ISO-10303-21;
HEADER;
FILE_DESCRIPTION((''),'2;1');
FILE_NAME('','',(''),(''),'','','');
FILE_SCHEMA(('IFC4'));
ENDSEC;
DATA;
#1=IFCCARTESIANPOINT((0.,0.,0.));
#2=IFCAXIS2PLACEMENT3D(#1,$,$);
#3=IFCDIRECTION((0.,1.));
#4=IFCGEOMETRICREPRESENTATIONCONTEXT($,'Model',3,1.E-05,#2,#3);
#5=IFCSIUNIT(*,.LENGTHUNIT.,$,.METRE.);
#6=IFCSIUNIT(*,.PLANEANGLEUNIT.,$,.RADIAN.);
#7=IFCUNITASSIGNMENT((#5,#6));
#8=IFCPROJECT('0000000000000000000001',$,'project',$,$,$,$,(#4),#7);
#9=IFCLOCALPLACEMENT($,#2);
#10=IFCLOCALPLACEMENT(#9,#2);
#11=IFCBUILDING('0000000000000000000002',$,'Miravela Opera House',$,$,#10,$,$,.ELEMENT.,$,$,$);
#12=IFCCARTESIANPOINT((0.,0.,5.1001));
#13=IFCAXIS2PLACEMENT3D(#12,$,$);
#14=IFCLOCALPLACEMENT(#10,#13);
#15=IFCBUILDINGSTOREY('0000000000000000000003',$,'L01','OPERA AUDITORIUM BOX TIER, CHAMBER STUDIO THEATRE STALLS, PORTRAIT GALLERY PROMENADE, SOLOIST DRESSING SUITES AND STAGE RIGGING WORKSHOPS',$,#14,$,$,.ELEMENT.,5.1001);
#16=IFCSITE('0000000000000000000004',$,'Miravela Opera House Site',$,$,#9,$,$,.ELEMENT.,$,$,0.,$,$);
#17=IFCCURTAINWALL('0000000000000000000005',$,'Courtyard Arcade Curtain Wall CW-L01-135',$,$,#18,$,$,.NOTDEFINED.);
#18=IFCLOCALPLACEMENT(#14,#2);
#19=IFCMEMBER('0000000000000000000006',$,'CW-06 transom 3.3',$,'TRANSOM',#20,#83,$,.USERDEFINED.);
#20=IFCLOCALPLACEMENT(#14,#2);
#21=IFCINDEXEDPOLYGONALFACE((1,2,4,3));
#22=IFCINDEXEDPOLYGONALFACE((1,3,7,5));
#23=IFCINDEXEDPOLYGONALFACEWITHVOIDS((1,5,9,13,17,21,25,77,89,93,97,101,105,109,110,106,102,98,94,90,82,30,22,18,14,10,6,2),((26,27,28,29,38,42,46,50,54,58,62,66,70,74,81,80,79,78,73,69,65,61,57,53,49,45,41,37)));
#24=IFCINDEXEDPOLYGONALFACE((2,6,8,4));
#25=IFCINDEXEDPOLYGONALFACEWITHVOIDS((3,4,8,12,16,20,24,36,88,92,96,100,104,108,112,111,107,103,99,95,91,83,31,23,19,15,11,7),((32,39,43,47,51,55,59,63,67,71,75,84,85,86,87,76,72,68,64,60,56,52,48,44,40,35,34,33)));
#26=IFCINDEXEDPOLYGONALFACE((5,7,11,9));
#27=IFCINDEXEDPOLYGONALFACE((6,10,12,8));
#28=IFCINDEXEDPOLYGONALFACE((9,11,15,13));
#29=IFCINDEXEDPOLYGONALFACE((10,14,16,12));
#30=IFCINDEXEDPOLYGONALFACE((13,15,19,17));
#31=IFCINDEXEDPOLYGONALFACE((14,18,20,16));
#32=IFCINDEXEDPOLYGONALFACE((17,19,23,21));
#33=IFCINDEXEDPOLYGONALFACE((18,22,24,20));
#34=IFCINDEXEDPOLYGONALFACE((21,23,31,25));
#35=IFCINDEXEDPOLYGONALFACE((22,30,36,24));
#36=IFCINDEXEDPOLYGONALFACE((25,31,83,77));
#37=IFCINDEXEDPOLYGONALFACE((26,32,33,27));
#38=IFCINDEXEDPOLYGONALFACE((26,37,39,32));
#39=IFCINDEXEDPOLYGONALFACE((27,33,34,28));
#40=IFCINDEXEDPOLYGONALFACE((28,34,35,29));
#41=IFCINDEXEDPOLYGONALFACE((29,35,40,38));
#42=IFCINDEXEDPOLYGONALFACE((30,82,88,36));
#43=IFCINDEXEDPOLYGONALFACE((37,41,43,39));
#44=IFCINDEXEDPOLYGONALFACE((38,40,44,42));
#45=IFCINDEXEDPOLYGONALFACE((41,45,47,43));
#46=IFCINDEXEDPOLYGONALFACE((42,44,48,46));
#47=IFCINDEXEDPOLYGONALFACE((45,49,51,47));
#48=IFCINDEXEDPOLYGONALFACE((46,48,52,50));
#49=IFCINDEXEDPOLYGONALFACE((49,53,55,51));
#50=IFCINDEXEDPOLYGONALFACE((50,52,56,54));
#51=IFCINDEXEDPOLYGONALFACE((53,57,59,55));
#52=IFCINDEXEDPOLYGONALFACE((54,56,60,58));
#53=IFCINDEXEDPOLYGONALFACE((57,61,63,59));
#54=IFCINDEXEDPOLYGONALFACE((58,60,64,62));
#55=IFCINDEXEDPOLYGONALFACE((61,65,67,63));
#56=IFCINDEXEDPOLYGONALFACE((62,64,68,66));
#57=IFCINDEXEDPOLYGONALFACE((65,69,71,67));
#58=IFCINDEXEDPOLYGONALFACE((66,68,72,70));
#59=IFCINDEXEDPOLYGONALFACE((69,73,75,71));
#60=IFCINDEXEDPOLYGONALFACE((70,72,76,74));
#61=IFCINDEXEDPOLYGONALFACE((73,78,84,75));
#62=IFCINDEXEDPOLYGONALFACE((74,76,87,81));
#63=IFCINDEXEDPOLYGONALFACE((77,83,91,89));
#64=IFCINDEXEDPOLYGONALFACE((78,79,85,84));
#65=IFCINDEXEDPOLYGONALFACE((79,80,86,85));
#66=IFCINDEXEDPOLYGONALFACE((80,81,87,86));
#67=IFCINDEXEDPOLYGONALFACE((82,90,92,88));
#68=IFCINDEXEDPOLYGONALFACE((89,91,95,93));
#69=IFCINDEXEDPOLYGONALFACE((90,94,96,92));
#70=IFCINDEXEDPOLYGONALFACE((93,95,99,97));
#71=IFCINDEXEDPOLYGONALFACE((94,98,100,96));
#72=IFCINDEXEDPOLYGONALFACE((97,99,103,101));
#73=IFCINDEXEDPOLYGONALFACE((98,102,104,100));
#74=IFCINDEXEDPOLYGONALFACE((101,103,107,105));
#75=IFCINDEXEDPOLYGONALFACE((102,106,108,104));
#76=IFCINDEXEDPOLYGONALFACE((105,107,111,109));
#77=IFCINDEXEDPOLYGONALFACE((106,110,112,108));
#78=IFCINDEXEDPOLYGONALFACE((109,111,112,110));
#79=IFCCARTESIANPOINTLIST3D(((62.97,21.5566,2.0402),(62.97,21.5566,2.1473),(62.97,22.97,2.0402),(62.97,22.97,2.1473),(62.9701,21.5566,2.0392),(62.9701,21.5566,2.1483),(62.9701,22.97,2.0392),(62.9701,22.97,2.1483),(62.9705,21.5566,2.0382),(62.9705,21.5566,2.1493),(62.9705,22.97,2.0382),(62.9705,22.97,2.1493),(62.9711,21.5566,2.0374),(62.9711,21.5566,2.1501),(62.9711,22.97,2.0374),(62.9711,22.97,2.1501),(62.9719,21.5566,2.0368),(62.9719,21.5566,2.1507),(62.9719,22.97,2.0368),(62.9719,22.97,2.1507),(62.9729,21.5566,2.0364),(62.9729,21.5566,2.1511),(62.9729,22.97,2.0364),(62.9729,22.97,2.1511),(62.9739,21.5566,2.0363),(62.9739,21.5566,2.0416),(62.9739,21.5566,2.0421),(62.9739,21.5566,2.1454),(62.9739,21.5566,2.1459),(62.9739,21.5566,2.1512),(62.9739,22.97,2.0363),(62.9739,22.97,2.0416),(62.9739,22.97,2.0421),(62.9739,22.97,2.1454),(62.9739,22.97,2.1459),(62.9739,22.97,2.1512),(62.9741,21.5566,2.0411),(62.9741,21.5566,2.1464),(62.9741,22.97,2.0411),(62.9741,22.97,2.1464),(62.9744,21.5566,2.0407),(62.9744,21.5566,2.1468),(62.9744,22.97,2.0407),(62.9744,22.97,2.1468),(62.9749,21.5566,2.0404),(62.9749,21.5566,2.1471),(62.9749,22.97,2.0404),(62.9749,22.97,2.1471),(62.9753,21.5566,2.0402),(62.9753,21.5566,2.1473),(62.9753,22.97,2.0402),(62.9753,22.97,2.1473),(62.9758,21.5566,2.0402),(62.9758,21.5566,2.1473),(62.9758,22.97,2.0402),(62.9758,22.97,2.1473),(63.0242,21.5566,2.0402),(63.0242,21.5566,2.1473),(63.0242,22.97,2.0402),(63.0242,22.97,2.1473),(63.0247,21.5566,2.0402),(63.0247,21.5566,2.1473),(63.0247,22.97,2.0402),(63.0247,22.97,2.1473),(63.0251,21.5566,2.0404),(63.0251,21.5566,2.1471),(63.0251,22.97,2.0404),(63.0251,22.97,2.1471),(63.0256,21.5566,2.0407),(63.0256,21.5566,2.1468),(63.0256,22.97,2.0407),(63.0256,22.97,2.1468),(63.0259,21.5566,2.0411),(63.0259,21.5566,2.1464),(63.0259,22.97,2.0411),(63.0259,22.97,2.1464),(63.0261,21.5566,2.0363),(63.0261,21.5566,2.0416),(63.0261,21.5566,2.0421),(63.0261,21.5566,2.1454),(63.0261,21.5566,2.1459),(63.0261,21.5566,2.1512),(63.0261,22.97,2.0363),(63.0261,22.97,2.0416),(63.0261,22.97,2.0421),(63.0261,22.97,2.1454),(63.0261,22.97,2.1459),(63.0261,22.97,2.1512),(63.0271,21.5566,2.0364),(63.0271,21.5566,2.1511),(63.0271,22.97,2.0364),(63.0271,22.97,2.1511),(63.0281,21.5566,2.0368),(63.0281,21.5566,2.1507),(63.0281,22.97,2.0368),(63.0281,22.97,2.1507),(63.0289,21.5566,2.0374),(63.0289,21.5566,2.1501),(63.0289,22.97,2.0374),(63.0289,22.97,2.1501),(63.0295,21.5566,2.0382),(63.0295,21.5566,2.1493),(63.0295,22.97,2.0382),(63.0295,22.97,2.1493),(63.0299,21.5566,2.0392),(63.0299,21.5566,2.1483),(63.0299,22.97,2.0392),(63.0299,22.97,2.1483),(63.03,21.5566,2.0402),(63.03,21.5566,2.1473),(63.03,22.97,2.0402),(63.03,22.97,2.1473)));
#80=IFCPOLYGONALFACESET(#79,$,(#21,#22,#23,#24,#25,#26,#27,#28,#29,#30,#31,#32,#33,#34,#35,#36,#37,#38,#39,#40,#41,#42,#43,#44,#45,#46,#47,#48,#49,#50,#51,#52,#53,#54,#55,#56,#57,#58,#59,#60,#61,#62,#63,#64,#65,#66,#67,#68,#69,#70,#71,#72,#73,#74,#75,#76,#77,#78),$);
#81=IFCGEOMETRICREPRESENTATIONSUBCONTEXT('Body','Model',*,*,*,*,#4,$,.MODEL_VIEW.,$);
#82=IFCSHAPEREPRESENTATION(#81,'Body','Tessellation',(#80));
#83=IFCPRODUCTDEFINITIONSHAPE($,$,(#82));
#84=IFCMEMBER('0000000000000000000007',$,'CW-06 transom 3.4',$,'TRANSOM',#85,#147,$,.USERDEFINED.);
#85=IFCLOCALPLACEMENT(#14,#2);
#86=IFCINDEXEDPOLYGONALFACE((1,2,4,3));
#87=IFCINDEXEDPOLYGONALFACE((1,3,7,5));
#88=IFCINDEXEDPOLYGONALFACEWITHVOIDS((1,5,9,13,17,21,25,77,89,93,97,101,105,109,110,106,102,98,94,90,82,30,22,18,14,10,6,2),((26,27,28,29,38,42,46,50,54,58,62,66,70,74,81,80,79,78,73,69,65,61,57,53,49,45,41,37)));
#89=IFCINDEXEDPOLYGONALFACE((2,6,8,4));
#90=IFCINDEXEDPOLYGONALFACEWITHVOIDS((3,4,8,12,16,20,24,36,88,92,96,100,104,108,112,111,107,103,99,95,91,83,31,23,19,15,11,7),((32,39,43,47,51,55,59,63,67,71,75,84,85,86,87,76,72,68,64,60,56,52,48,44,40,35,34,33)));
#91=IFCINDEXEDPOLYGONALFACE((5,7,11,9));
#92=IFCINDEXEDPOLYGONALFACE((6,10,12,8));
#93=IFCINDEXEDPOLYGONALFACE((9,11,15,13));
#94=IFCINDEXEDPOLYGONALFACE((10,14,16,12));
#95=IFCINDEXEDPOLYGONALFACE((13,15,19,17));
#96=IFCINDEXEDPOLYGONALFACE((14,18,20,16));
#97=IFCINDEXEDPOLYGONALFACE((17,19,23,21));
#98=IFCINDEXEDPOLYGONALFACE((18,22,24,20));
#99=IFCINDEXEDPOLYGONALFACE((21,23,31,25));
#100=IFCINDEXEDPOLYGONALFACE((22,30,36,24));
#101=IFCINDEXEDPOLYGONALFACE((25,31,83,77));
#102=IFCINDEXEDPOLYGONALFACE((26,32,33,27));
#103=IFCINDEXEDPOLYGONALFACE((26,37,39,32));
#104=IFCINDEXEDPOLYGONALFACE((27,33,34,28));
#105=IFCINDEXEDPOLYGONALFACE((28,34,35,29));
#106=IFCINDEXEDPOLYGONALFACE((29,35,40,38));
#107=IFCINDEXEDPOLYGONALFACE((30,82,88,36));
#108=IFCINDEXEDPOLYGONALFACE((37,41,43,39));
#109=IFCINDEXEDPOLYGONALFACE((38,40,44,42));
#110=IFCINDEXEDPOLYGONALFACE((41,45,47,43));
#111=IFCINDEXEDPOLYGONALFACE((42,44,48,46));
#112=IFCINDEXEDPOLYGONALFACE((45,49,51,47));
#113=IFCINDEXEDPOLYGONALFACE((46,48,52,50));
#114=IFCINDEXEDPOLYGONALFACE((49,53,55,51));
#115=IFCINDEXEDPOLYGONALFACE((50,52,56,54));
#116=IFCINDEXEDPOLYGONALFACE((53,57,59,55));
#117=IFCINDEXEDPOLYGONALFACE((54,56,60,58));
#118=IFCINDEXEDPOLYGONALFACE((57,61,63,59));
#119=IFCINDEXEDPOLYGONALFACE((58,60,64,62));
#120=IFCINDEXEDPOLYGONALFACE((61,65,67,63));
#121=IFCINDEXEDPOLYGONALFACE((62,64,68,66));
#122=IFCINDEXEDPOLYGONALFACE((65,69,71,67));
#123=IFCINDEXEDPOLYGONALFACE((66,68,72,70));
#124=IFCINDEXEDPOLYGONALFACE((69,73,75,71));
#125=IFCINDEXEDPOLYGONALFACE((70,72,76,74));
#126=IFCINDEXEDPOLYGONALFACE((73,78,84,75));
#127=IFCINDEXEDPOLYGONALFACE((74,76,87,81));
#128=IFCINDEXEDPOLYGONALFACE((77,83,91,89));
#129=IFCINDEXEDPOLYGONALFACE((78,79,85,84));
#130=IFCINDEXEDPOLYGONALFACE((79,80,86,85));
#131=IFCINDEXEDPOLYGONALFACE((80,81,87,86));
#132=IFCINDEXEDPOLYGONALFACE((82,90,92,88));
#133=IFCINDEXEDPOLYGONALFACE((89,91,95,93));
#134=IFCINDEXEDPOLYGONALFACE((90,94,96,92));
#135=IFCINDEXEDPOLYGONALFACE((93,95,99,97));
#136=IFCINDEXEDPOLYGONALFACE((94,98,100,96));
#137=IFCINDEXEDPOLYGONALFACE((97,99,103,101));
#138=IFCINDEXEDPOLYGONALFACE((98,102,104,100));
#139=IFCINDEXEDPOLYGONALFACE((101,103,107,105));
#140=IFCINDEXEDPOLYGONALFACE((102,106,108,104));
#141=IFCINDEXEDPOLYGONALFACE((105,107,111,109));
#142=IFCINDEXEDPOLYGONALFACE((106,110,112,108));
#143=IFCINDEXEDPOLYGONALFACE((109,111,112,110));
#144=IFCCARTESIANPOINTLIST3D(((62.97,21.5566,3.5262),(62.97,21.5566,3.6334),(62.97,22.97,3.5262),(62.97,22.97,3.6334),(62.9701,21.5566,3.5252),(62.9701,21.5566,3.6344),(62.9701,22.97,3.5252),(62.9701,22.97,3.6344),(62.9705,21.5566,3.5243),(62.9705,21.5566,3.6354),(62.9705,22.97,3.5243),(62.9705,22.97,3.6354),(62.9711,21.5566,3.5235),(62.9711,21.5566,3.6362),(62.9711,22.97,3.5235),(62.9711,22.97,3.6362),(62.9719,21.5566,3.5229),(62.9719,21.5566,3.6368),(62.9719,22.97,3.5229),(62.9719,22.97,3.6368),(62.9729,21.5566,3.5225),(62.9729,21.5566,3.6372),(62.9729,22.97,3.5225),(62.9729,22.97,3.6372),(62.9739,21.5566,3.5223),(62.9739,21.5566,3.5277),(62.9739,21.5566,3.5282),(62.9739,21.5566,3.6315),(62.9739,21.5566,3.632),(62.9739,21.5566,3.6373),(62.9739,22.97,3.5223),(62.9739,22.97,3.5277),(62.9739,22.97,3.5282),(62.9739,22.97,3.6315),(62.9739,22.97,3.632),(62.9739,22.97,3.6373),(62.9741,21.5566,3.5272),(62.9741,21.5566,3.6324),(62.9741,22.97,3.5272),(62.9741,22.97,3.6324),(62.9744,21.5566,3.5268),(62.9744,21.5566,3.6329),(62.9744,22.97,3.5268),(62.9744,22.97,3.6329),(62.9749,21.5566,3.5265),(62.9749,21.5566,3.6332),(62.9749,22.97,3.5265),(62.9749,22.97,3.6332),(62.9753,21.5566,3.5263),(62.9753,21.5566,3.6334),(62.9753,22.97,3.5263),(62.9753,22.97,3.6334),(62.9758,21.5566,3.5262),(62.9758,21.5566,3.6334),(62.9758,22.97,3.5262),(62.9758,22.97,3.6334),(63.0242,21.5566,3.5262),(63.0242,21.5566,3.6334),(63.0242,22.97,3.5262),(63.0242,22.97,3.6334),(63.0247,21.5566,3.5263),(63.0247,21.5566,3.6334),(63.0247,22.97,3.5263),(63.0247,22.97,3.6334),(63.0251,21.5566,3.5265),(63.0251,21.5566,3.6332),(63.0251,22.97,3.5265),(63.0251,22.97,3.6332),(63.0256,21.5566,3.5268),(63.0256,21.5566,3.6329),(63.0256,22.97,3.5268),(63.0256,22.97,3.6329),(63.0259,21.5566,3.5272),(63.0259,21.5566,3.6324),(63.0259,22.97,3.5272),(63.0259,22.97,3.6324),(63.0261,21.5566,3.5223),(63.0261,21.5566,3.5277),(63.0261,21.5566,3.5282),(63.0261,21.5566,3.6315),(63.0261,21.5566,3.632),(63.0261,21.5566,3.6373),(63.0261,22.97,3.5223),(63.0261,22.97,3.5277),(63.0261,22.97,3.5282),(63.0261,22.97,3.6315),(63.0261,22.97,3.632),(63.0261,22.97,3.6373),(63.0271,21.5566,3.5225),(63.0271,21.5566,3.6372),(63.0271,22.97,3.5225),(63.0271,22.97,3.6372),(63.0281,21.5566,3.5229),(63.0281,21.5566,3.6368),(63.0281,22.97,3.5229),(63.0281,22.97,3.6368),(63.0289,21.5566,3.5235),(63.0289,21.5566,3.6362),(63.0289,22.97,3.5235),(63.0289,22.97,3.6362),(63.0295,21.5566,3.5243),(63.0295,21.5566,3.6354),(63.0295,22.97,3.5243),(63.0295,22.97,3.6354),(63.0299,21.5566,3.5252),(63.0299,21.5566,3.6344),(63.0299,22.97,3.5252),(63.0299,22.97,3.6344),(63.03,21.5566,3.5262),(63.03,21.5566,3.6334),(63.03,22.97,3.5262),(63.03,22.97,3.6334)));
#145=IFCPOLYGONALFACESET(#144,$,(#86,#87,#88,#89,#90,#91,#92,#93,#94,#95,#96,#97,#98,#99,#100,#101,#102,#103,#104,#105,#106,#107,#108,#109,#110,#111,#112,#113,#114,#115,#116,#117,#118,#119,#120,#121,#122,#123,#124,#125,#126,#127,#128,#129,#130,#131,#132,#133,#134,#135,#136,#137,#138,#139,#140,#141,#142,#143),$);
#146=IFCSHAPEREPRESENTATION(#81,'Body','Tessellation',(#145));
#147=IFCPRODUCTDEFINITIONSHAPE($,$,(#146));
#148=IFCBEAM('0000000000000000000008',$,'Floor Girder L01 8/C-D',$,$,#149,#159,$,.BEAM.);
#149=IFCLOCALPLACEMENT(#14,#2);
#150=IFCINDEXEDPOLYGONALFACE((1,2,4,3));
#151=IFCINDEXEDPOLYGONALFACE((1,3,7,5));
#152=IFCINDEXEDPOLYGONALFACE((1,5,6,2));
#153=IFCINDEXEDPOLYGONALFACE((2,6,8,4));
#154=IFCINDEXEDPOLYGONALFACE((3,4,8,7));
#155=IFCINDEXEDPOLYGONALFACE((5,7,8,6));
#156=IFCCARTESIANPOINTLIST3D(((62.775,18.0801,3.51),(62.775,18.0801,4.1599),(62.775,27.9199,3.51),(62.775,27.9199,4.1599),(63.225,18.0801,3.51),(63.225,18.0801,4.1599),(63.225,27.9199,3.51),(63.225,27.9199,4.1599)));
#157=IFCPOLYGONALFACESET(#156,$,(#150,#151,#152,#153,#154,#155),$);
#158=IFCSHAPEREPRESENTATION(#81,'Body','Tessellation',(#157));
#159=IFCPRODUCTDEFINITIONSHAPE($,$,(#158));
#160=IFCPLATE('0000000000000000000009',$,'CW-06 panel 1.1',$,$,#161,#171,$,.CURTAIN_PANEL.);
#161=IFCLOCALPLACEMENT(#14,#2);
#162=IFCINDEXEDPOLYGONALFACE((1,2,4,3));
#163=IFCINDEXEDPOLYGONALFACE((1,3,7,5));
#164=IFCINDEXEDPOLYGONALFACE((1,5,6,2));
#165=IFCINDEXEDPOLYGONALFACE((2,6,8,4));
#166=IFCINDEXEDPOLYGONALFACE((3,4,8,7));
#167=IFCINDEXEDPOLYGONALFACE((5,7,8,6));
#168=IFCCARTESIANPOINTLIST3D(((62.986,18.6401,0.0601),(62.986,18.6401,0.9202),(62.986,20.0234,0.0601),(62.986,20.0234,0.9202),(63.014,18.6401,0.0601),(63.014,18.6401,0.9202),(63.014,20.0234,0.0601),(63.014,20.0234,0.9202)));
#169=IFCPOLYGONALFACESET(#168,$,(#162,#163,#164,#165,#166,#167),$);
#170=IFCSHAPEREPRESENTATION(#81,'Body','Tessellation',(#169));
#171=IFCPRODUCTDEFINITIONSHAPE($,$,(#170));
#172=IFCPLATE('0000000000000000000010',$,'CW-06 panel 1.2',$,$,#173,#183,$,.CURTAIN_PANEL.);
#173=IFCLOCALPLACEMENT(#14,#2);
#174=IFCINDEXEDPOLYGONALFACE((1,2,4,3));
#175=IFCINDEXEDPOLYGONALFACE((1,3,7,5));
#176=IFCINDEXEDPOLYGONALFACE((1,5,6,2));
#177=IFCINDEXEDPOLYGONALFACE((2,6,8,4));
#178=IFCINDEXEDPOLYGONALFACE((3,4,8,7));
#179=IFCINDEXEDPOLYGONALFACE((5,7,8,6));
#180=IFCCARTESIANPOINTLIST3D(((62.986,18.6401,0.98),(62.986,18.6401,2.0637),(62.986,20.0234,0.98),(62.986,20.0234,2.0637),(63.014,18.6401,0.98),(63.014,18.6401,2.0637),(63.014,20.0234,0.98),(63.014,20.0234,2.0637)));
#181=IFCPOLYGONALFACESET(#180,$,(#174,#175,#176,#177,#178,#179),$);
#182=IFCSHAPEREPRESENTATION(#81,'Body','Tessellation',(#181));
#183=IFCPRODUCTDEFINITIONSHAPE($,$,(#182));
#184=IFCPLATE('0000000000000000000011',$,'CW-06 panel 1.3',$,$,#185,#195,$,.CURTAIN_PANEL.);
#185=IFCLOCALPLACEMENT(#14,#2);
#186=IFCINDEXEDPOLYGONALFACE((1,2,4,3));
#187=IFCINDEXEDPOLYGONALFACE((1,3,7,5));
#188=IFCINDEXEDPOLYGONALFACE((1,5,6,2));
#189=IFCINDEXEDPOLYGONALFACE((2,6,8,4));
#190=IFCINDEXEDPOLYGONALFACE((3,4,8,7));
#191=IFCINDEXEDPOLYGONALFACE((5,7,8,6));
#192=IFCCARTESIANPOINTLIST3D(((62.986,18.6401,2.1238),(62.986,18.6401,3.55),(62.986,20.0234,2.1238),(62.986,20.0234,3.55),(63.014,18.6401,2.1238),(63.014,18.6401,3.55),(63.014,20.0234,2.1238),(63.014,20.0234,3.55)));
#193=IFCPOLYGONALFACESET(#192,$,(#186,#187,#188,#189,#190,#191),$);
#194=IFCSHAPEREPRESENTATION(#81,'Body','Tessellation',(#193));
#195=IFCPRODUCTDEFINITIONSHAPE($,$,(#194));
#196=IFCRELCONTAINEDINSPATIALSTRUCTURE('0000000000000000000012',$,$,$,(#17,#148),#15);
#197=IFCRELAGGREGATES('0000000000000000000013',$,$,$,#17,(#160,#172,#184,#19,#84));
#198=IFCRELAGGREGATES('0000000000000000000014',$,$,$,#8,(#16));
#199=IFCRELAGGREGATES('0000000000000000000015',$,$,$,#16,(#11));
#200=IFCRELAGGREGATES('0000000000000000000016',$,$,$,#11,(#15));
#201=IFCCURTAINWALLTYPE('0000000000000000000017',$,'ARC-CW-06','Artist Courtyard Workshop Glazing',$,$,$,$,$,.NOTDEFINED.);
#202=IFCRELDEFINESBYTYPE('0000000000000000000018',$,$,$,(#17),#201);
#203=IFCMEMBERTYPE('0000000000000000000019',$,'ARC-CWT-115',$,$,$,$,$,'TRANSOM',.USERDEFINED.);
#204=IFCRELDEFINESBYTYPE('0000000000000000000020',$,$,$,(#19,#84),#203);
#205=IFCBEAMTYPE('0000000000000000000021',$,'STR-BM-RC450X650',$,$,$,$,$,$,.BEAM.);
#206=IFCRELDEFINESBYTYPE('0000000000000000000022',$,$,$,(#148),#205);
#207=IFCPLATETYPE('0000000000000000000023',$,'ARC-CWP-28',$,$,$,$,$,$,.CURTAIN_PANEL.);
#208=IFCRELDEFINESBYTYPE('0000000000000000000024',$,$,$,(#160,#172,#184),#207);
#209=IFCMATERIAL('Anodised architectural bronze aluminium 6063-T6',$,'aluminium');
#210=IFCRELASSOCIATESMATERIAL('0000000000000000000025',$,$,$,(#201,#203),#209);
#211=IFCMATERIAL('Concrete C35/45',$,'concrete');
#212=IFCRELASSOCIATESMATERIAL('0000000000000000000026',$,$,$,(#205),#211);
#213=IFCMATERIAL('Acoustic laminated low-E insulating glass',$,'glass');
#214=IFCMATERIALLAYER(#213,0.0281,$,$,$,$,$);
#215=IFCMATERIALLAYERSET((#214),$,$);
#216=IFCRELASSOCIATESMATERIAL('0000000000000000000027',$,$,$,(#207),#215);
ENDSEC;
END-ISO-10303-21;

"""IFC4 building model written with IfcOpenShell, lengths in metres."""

from ifc_helpers import new_model, si_unit, direction, frame, origin, origin_2d, place, context, subcontext, project, spatial, rectangle, hollow_rectangle, extrude, material, layer, layer_set, material_profile, profile_set, type_object, element, aggregate, save


model = new_model("IFC4")

# Units and contexts
model_context = context("Model", 3, precision=1e-05, world=origin(), true_north=direction((0.0, 1.0)))
body_context = subcontext(model_context, "Body", "Model", "MODEL_VIEW")
ifc_project = project(units=[si_unit("LENGTHUNIT", "METRE"), si_unit("PLANEANGLEUNIT", "RADIAN")], contexts=[model_context])

# Site, building, storey
site_placement = place(None, origin())
site = spatial("IfcSite", under=ifc_project, at=site_placement, Name="Miravela Opera House Site", CompositionType="ELEMENT", RefElevation=0.0)
building_placement = place(site_placement, origin())
building = spatial("IfcBuilding", under=site, at=building_placement, Name="Miravela Opera House", CompositionType="ELEMENT")
storey_placement = place(building_placement, frame((0.0, 0.0, 5.1001)))
storey = spatial("IfcBuildingStorey", under=building, at=storey_placement, Name="L01", Description="OPERA AUDITORIUM BOX TIER, CHAMBER STUDIO THEATRE STALLS, PORTRAIT GALLERY PROMENADE, SOLOIST DRESSING SUITES AND STAGE RIGGING WORKSHOPS", CompositionType="ELEMENT", Elevation=5.1001)

# Shared definitions
ifc_material_1 = material(Name="Concrete C35/45", Category="concrete")

# Shared definitions
ifc_material_2 = material(Name="Anodised architectural bronze aluminium 6063-T6", Category="aluminium")
curtain_wall_type = type_object("IfcCurtainWallType", Name="ARC-CW-06", Description="Artist Courtyard Workshop Glazing", PredefinedType="NOTDEFINED", material=ifc_material_2)

# Curtain wall, members
curtain_wall_1_placement = place(storey_placement, origin())
curtain_wall_1 = element("IfcCurtainWall", 1, at=curtain_wall_1_placement, inside=storey, type_object=curtain_wall_type, Name="Courtyard Arcade Curtain Wall CW-L01-135", PredefinedType="NOTDEFINED")
ifc_material_profile_1 = material_profile(ifc_material_2, hollow_rectangle(XDim=0.0601, YDim=0.115, WallThickness=0.0039, InnerFilletRadius=0.002, OuterFilletRadius=0.0039, at=origin_2d()), Name="CWT-60X115")
ifc_profile_set_1 = profile_set([ifc_material_profile_1])
member_type_1 = type_object("IfcMemberType", Name="ARC-CWT-115", ElementType="TRANSOM", PredefinedType="USERDEFINED", material=ifc_profile_set_1)
member_1_placement = place(storey_placement, frame((63.0, 21.5566, 2.0938), z_axis=(0.0, 1.0, 0.0), x_axis=(-1.0, 0.0, 0.0)))
member_1 = element("IfcMember", 2, at=member_1_placement, type_object=member_type_1, Name="CW-06 transom 3.3", ObjectType="TRANSOM", PredefinedType="USERDEFINED", context=body_context, shape_type="SweptSolid", body=[
    extrude(hollow_rectangle(XDim=0.0601, YDim=0.115, WallThickness=0.0039, InnerFilletRadius=0.002, OuterFilletRadius=0.0039, at=origin_2d()), origin(), (0.0, 0.0, 1.0), 1.4133),
])
member_2_placement = place(storey_placement, frame((63.0, 21.5566, 3.5798), z_axis=(0.0, 1.0, 0.0), x_axis=(-1.0, 0.0, 0.0)))
member_2 = element("IfcMember", 3, at=member_2_placement, type_object=member_type_1, Name="CW-06 transom 3.4", ObjectType="TRANSOM", PredefinedType="USERDEFINED", context=body_context, shape_type="SweptSolid", body=[
    extrude(hollow_rectangle(XDim=0.0601, YDim=0.115, WallThickness=0.0039, InnerFilletRadius=0.002, OuterFilletRadius=0.0039, at=origin_2d()), origin(), (0.0, 0.0, 1.0), 1.4133),
])

# Beam
ifc_material_profile_2 = material_profile(ifc_material_1, rectangle(XDim=0.45, YDim=0.6499, at=origin_2d()), Name="RC-BM-450X650")
ifc_profile_set_2 = profile_set([ifc_material_profile_2])
beam_type = type_object("IfcBeamType", Name="STR-BM-RC450X650", PredefinedType="BEAM", material=ifc_profile_set_2)
beam_placement = place(storey_placement, frame((63.0, 18.0801, 3.835), z_axis=(0.0, 1.0, 0.0), x_axis=(-1.0, 0.0, 0.0)))
element("IfcBeam", 4, at=beam_placement, inside=storey, type_object=beam_type, Name="Floor Girder L01 8/C-D", PredefinedType="BEAM", context=body_context, shape_type="SweptSolid", body=[
    extrude(rectangle(XDim=0.45, YDim=0.6499, at=origin_2d()), origin(), (0.0, 0.0, 1.0), 9.8398),
])

# Plates
ifc_material_3 = material(Name="Acoustic laminated low-E insulating glass", Category="glass")
ifc_layer = layer(ifc_material_3, 0.0281)
ifc_layer_set = layer_set([ifc_layer])
plate_type = type_object("IfcPlateType", Name="ARC-CWP-28", PredefinedType="CURTAIN_PANEL", material=ifc_layer_set)
plate_1_placement = place(storey_placement, frame((63.0, 19.3318, 0.0601), z_axis=(0.0, 0.0, 1.0), x_axis=(0.0, 1.0, 0.0)))
plate_1 = element("IfcPlate", 5, at=plate_1_placement, type_object=plate_type, Name="CW-06 panel 1.1", PredefinedType="CURTAIN_PANEL", context=body_context, shape_type="SweptSolid", body=[
    extrude(rectangle(XDim=1.3833, YDim=0.0281, at=origin_2d()), origin(), (0.0, 0.0, 1.0), 0.8601),
])
plate_2_placement = place(storey_placement, frame((63.0, 19.3318, 0.98), z_axis=(0.0, 0.0, 1.0), x_axis=(0.0, 1.0, 0.0)))
plate_2 = element("IfcPlate", 6, at=plate_2_placement, type_object=plate_type, Name="CW-06 panel 1.2", PredefinedType="CURTAIN_PANEL", context=body_context, shape_type="SweptSolid", body=[
    extrude(rectangle(XDim=1.3833, YDim=0.0281, at=origin_2d()), origin(), (0.0, 0.0, 1.0), 1.0837),
])
plate_3_placement = place(storey_placement, frame((63.0, 19.3318, 2.1238), z_axis=(0.0, 0.0, 1.0), x_axis=(0.0, 1.0, 0.0)))
plate_3 = element("IfcPlate", 7, at=plate_3_placement, type_object=plate_type, Name="CW-06 panel 1.3", PredefinedType="CURTAIN_PANEL", context=body_context, shape_type="SweptSolid", body=[
    extrude(rectangle(XDim=1.3833, YDim=0.0281, at=origin_2d()), origin(), (0.0, 0.0, 1.0), 1.4263),
])
aggregate(curtain_wall_1, [plate_1, plate_2, plate_3, member_1, member_2])

save(model, "model.ifc")
